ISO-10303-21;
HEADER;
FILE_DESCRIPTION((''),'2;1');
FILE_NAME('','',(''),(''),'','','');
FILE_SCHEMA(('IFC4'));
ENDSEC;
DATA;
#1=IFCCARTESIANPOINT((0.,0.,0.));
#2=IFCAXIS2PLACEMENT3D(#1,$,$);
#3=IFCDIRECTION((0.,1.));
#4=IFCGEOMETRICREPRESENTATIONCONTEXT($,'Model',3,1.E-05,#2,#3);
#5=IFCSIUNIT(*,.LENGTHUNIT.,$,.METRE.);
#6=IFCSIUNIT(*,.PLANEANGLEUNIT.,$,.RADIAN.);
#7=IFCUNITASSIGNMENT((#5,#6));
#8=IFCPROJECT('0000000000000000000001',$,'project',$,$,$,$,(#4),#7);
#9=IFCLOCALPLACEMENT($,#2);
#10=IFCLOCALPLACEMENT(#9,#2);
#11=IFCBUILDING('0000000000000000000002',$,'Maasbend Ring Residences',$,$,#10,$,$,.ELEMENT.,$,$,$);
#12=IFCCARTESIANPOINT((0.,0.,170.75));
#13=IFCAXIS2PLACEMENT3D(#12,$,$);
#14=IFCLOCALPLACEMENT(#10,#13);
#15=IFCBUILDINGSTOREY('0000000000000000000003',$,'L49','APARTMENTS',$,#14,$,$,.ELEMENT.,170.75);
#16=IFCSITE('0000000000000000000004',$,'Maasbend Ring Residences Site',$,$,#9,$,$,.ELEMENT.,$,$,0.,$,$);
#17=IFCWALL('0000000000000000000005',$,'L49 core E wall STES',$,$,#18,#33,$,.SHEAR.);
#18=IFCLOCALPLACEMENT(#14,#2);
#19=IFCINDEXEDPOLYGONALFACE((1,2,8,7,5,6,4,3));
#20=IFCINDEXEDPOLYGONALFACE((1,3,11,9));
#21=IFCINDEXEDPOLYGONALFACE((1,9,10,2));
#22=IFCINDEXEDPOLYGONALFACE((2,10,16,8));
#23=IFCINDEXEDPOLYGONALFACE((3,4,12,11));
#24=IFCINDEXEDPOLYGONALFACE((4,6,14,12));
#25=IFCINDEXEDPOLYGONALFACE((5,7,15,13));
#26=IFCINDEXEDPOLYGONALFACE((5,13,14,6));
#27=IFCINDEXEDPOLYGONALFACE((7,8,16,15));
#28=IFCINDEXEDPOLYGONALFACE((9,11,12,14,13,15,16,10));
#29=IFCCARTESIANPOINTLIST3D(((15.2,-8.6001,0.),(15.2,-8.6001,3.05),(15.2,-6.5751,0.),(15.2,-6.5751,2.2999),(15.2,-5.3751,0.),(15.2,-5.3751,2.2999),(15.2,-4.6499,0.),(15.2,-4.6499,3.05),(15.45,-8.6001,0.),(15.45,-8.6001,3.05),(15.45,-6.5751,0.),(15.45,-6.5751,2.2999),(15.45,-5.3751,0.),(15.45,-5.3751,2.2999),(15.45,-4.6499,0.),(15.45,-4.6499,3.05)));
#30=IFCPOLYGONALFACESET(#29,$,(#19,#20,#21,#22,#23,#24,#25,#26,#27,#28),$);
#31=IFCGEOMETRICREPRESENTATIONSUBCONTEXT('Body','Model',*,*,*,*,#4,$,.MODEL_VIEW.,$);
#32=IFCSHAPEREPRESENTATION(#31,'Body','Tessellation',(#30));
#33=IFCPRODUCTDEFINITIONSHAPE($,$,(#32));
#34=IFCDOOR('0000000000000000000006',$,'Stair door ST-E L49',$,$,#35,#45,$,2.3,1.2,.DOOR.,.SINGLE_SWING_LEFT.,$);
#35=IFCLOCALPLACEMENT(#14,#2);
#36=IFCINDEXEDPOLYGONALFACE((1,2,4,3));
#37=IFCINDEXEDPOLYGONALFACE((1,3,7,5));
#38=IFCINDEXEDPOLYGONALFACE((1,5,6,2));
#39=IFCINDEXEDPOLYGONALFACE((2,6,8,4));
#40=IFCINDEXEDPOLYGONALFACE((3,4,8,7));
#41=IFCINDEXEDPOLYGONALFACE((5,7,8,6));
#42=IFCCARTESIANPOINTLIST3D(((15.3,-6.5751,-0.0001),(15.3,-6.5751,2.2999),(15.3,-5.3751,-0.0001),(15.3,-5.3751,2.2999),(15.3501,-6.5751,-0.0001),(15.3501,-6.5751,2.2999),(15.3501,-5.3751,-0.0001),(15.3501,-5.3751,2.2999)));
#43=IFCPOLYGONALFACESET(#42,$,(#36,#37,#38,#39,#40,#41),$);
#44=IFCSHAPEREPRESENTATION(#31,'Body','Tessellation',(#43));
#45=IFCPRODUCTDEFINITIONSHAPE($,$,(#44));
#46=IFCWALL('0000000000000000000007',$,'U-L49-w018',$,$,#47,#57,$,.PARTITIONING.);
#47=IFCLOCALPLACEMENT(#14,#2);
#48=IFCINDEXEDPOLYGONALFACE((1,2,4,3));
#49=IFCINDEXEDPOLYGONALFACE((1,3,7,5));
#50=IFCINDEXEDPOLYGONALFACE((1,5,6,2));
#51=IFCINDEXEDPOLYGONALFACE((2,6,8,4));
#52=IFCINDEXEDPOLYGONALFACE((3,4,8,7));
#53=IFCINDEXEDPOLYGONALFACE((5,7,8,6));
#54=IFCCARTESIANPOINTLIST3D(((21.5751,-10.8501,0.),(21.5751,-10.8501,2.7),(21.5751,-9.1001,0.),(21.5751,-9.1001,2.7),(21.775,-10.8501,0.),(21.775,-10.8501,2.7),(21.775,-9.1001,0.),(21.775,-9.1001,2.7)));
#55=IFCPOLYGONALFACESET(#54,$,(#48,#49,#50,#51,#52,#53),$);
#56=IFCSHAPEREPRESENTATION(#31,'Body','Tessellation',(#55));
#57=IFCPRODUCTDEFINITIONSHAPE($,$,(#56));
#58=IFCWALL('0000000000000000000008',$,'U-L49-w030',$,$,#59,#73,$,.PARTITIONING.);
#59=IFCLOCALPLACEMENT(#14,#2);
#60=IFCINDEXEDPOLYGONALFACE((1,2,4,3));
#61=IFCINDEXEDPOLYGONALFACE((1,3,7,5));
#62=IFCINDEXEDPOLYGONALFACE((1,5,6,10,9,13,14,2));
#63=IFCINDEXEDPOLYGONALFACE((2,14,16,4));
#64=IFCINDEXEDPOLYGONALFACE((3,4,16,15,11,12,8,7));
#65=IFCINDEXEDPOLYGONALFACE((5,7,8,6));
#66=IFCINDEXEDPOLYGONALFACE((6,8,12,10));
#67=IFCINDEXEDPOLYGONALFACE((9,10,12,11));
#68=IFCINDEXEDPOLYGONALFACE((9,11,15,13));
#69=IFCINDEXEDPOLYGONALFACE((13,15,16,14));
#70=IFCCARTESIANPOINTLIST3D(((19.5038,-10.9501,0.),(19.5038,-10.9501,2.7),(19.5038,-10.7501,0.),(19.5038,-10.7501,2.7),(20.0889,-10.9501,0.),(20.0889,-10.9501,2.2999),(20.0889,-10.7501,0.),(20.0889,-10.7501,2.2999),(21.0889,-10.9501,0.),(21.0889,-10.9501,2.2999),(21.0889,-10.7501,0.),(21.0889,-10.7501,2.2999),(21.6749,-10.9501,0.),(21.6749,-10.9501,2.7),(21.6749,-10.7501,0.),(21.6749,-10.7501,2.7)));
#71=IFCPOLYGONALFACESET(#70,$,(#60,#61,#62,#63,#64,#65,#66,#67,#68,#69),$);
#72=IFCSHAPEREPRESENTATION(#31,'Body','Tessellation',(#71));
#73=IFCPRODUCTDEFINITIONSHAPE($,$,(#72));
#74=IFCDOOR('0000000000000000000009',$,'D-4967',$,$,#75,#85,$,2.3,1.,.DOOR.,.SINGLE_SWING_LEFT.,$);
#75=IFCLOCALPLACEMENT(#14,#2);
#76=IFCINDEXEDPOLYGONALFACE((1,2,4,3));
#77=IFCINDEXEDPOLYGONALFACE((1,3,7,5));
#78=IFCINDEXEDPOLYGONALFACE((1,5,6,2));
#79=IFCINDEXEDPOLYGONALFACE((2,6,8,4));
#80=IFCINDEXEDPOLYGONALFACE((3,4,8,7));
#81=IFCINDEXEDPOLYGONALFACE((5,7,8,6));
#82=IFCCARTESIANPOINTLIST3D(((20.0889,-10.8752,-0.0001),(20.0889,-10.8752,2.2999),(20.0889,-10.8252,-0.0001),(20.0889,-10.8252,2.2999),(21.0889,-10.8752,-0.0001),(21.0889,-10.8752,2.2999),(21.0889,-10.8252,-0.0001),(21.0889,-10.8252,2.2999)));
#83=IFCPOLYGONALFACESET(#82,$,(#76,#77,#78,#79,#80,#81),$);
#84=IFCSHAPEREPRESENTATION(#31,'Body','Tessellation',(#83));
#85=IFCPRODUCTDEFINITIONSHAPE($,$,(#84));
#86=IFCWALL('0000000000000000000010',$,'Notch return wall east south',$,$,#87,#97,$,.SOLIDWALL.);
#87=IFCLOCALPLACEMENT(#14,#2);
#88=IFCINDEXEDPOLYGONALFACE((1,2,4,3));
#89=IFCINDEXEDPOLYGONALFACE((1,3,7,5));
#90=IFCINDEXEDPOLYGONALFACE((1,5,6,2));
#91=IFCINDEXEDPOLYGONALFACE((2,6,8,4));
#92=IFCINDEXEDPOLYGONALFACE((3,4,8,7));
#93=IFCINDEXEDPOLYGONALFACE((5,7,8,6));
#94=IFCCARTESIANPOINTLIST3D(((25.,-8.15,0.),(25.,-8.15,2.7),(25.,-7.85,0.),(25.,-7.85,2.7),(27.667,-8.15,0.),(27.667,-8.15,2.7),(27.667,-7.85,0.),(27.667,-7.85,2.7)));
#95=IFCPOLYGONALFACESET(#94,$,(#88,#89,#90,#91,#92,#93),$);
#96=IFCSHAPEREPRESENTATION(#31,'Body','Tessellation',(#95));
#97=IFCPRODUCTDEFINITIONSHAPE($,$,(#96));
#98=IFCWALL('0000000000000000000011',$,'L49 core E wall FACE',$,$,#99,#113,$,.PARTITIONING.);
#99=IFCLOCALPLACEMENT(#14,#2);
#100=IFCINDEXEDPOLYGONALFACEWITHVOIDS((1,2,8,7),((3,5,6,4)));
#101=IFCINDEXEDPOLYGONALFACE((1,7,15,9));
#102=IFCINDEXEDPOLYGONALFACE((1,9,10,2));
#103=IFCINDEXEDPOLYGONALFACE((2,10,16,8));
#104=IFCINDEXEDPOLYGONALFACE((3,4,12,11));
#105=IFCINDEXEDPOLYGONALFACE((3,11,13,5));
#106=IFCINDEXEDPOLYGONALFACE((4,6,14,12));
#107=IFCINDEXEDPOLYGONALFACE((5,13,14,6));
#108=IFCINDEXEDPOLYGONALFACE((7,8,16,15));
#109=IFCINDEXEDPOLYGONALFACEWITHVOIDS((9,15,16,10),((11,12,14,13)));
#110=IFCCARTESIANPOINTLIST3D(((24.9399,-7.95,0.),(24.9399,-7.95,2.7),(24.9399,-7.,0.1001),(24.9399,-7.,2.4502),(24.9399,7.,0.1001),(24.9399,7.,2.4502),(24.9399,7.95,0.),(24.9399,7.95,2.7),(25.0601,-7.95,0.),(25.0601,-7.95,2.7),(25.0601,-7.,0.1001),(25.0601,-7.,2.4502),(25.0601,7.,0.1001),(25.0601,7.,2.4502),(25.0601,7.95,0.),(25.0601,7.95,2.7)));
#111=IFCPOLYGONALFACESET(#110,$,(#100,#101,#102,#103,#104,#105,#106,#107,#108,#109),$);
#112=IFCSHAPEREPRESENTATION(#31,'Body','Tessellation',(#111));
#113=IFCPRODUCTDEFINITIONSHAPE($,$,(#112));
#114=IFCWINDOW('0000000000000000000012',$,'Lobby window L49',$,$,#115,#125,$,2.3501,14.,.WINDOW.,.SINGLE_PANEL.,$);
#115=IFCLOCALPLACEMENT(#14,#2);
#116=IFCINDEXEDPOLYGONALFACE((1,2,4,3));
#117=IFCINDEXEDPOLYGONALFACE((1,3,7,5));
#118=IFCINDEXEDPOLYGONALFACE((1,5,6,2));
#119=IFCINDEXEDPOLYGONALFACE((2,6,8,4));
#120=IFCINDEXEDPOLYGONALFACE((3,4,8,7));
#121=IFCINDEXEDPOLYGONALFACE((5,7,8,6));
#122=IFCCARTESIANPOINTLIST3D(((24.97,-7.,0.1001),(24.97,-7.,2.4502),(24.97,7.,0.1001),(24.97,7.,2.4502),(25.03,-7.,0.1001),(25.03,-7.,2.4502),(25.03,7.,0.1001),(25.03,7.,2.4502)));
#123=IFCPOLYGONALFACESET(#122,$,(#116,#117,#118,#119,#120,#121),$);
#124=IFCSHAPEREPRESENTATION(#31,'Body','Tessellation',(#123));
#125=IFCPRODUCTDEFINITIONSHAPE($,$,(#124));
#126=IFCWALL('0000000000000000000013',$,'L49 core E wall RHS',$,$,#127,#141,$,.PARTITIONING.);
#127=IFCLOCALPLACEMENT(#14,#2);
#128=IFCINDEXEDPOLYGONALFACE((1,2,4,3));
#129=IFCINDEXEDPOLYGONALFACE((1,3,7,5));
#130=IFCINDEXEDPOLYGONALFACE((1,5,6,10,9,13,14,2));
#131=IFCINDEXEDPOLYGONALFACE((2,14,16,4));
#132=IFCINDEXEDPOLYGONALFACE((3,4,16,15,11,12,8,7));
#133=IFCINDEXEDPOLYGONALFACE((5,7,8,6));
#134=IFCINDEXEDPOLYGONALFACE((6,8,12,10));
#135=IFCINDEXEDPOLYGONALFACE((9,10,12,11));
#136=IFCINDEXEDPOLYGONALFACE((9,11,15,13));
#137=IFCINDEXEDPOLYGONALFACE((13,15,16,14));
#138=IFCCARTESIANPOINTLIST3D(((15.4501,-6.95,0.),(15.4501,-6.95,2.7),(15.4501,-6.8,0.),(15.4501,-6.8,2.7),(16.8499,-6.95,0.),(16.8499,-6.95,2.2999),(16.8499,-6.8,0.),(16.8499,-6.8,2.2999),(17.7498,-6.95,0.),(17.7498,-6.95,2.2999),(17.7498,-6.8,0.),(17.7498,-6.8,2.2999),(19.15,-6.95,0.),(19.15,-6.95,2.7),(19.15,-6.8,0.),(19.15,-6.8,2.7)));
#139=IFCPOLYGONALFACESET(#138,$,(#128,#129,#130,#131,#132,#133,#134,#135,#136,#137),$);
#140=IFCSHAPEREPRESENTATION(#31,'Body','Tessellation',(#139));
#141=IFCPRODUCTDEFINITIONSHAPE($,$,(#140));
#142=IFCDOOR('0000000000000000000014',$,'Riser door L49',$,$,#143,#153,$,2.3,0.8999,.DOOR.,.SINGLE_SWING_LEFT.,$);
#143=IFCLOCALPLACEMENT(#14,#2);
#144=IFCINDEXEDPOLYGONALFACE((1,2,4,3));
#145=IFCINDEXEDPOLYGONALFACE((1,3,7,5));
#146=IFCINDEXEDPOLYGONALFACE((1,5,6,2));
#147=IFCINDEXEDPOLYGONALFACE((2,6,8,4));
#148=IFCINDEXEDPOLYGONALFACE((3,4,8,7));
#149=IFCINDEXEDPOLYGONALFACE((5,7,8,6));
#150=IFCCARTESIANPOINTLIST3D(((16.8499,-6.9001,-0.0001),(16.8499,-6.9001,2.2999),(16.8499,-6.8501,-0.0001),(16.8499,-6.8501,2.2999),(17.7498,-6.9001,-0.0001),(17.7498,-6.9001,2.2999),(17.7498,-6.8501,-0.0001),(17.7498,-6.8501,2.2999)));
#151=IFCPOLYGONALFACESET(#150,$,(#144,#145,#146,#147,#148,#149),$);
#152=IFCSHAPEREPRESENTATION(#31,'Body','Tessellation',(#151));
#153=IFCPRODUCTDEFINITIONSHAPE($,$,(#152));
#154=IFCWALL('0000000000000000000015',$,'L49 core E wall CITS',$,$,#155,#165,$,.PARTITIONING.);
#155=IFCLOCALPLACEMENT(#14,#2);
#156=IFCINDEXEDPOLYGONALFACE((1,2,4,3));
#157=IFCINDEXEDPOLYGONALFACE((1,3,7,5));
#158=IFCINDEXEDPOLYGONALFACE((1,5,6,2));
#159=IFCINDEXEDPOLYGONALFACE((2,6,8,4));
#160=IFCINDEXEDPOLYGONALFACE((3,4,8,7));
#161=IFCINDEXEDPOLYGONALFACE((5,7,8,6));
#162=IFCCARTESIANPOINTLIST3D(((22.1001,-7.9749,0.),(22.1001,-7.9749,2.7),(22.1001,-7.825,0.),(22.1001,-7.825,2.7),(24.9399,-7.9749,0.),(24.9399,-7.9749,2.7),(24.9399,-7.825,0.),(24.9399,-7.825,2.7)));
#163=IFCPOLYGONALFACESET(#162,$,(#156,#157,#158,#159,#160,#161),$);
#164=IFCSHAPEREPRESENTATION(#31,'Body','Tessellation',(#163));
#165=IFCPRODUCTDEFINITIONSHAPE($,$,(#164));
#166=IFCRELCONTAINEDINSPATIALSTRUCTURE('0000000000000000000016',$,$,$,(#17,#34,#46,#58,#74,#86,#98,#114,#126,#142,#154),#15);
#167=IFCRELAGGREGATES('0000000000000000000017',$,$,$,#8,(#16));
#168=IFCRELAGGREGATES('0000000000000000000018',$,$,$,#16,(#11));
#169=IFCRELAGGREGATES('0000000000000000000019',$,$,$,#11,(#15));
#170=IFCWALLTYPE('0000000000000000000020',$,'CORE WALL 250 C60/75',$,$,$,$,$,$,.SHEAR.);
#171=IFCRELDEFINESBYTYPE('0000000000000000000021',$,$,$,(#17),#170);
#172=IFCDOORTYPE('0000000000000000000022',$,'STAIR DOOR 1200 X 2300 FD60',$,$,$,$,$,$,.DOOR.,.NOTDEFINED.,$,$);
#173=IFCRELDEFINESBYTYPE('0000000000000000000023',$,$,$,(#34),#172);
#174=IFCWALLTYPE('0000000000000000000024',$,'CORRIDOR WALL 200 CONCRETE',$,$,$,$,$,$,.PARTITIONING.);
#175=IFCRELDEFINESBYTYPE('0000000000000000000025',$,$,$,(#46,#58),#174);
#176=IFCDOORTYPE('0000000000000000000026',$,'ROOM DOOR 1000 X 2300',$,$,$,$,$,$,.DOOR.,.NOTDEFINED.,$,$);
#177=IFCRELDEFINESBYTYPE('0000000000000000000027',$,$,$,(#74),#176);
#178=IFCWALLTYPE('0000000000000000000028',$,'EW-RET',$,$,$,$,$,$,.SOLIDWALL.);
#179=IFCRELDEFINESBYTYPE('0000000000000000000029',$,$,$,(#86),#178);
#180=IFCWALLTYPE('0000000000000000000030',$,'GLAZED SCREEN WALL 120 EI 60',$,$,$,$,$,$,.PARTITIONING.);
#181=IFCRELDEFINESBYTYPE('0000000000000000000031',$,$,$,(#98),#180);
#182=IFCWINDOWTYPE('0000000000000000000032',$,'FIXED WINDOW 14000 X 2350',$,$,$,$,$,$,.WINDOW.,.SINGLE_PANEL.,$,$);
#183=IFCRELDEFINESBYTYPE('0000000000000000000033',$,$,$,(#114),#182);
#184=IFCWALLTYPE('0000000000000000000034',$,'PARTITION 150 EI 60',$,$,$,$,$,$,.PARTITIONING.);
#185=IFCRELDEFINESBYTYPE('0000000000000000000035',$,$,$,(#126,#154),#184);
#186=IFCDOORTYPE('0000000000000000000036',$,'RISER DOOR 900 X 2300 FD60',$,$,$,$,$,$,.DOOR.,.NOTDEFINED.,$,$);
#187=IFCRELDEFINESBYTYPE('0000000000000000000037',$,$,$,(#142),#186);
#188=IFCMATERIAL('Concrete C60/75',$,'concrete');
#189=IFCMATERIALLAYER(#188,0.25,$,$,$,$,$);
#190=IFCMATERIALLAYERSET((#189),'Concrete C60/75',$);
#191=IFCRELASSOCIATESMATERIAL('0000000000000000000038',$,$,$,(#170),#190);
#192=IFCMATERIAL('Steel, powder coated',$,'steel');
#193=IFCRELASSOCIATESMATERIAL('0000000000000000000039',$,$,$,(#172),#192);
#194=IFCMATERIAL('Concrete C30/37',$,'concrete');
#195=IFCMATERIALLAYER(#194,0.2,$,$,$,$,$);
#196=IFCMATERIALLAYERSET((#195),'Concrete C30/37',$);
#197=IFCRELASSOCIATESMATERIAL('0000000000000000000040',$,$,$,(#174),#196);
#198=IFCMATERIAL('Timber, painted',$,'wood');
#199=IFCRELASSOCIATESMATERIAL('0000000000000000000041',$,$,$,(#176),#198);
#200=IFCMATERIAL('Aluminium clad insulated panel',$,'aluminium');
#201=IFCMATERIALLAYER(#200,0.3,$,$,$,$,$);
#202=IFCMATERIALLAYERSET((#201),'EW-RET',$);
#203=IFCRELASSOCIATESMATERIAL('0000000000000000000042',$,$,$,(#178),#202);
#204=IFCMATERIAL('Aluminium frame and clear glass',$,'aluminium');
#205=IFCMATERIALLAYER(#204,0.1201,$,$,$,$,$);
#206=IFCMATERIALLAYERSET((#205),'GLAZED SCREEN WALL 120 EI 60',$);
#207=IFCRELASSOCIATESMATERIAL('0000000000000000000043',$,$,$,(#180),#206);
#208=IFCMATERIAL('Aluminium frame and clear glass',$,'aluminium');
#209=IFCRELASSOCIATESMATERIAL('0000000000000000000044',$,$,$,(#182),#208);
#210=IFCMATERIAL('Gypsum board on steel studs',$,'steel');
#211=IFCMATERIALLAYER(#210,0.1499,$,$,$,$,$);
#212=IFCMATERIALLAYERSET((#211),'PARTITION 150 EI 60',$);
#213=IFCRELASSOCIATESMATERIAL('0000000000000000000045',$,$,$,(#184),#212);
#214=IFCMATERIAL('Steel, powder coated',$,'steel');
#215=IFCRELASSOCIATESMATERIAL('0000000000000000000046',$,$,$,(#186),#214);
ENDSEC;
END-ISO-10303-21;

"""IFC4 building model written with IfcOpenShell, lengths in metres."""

from ifc_helpers import new_model, si_unit, direction, frame, frame_2d, origin, place, context, subcontext, project, spatial, rectangle, extrude, material, layer, layer_set, type_object, element, fill, save


model = new_model("IFC4")

# Units and contexts
model_context = context("Model", 3, precision=1e-05, world=origin(), true_north=direction((0.0, 1.0)))
body_context = subcontext(model_context, "Body", "Model", "MODEL_VIEW")
ifc_project = project(units=[si_unit("LENGTHUNIT", "METRE"), si_unit("PLANEANGLEUNIT", "RADIAN")], contexts=[model_context])

# Site, building, storey
site_placement = place(None, origin())
site = spatial("IfcSite", under=ifc_project, at=site_placement, Name="Maasbend Ring Residences Site", CompositionType="ELEMENT", RefElevation=0.0)
building_placement = place(site_placement, origin())
building = spatial("IfcBuilding", under=site, at=building_placement, Name="Maasbend Ring Residences", CompositionType="ELEMENT")
storey_placement = place(building_placement, frame((0.0, 0.0, 170.75)))
storey = spatial("IfcBuildingStorey", under=building, at=storey_placement, Name="L49", Description="APARTMENTS", CompositionType="ELEMENT", Elevation=170.75)

# Shared definitions
ifc_material_1 = material(Name="Concrete C60/75", Category="concrete")
ifc_layer_1 = layer(ifc_material_1, 0.25)
ifc_layer_set_1 = layer_set([ifc_layer_1], Name="Concrete C60/75")
wall_type_1 = type_object("IfcWallType", Name="CORE WALL 250 C60/75", PredefinedType="SHEAR", material=ifc_layer_set_1)

# Wall, opening, door
wall_1_placement = place(storey_placement, frame((15.325, -8.6001, 0.0), z_axis=(0.0, 0.0, 1.0), x_axis=(0.0, 1.0, 0.0)))
wall_1 = element("IfcWall", 1, at=wall_1_placement, inside=storey, type_object=wall_type_1, Name="L49 core E wall STES", PredefinedType="SHEAR", context=body_context, shape_type="SweptSolid", body=[
    extrude(rectangle(XDim=3.9502, YDim=0.25, at=frame_2d((1.9751, 0.0))), origin(), (0.0, 0.0, 1.0), 3.05),
])
opening_1_placement = place(wall_1_placement, frame((2.0249, 0.0, 0.0)))
opening_1 = element("IfcOpeningElement", 2, at=opening_1_placement, cuts=wall_1, PredefinedType="OPENING", context=body_context, shape_type="SweptSolid", body=[
    extrude(rectangle(XDim=1.2, YDim=2.3, at=frame_2d((0.6001, 1.1499))), frame((0.0, 0.135, 0.0), z_axis=(0.0, -1.0, 0.0), x_axis=(1.0, 0.0, 0.0)), (0.0, 0.0, 1.0), 0.27),
])
ifc_material_2 = material(Name="Steel, powder coated", Category="steel")
door_type_1 = type_object("IfcDoorType", Name="STAIR DOOR 1200 X 2300 FD60", OperationType="NOTDEFINED", PredefinedType="DOOR", material=ifc_material_2)
door_1_placement = place(opening_1_placement, origin())
door_1 = element("IfcDoor", 3, at=door_1_placement, inside=storey, type_object=door_type_1, Name="Stair door ST-E L49", OperationType="SINGLE_SWING_LEFT", OverallHeight=2.3, OverallWidth=1.2, PredefinedType="DOOR", context=body_context, shape_type="SweptSolid", body=[
    extrude(rectangle(XDim=1.2, YDim=2.3, at=frame_2d((0.6001, 1.1499))), frame((0.0, 0.0249, 0.0), z_axis=(0.0, -1.0, 0.0), x_axis=(1.0, 0.0, 0.0)), (0.0, 0.0, 1.0), 0.05),
])
fill(opening_1, door_1)

# Wall
ifc_material_3 = material(Name="Concrete C30/37", Category="concrete")
ifc_layer_2 = layer(ifc_material_3, 0.2)
ifc_layer_set_2 = layer_set([ifc_layer_2], Name="Concrete C30/37")
wall_type_2 = type_object("IfcWallType", Name="CORRIDOR WALL 200 CONCRETE", PredefinedType="PARTITIONING", material=ifc_layer_set_2)
wall_2_placement = place(storey_placement, frame((21.675, -10.8501, 0.0), z_axis=(0.0, 0.0, 1.0), x_axis=(0.0, 1.0, 0.0)))
element("IfcWall", 4, at=wall_2_placement, inside=storey, type_object=wall_type_2, Name="U-L49-w018", PredefinedType="PARTITIONING", context=body_context, shape_type="SweptSolid", body=[
    extrude(rectangle(XDim=1.75, YDim=0.2, at=frame_2d((0.875, 0.0))), origin(), (0.0, 0.0, 1.0), 2.7),
])

# Wall, opening, door
wall_3_placement = place(storey_placement, frame((19.5039, -10.8501, 0.0), z_axis=(0.0, 0.0, 1.0), x_axis=(1.0, 0.0, 0.0)))
wall_3 = element("IfcWall", 5, at=wall_3_placement, inside=storey, type_object=wall_type_2, Name="U-L49-w030", PredefinedType="PARTITIONING", context=body_context, shape_type="SweptSolid", body=[
    extrude(rectangle(XDim=2.1711, YDim=0.2, at=frame_2d((1.0854, 0.0))), origin(), (0.0, 0.0, 1.0), 2.7),
])
opening_2_placement = place(wall_3_placement, frame((0.585, 0.0, 0.0)))
opening_2 = element("IfcOpeningElement", 6, at=opening_2_placement, cuts=wall_3, PredefinedType="OPENING", context=body_context, shape_type="SweptSolid", body=[
    extrude(rectangle(XDim=1.0, YDim=2.3, at=frame_2d((0.5, 1.1499))), frame((0.0, 0.1099, 0.0), z_axis=(0.0, -1.0, 0.0), x_axis=(1.0, 0.0, 0.0)), (0.0, 0.0, 1.0), 0.22),
])
ifc_material_4 = material(Name="Timber, painted", Category="wood")
door_type_2 = type_object("IfcDoorType", Name="ROOM DOOR 1000 X 2300", OperationType="NOTDEFINED", PredefinedType="DOOR", material=ifc_material_4)
door_2_placement = place(opening_2_placement, origin())
door_2 = element("IfcDoor", 7, at=door_2_placement, inside=storey, type_object=door_type_2, Name="D-4967", OperationType="SINGLE_SWING_LEFT", OverallHeight=2.3, OverallWidth=1.0, PredefinedType="DOOR", context=body_context, shape_type="SweptSolid", body=[
    extrude(rectangle(XDim=1.0, YDim=2.3, at=frame_2d((0.5, 1.1499))), frame((0.0, 0.0249, 0.0), z_axis=(0.0, -1.0, 0.0), x_axis=(1.0, 0.0, 0.0)), (0.0, 0.0, 1.0), 0.05),
])
fill(opening_2, door_2)

# Wall
ifc_material_5 = material(Name="Aluminium clad insulated panel", Category="aluminium")
ifc_layer_3 = layer(ifc_material_5, 0.3)
ifc_layer_set_3 = layer_set([ifc_layer_3], Name="EW-RET")
wall_type_3 = type_object("IfcWallType", Name="EW-RET", PredefinedType="SOLIDWALL", material=ifc_layer_set_3)
wall_4_placement = place(storey_placement, frame((25.0, -8.0, 0.0), z_axis=(0.0, 0.0, 1.0), x_axis=(1.0, 0.0, 0.0)))
element("IfcWall", 8, at=wall_4_placement, inside=storey, type_object=wall_type_3, Name="Notch return wall east south", PredefinedType="SOLIDWALL", context=body_context, shape_type="SweptSolid", body=[
    extrude(rectangle(XDim=2.667, YDim=0.3, at=frame_2d((1.3335, 0.0))), origin(), (0.0, 0.0, 1.0), 2.7),
])

# Wall, opening, window
ifc_material_6 = material(Name="Aluminium frame and clear glass", Category="aluminium")
ifc_layer_4 = layer(ifc_material_6, 0.1201)
ifc_layer_set_4 = layer_set([ifc_layer_4], Name="GLAZED SCREEN WALL 120 EI 60")
wall_type_4 = type_object("IfcWallType", Name="GLAZED SCREEN WALL 120 EI 60", PredefinedType="PARTITIONING", material=ifc_layer_set_4)
wall_5_placement = place(storey_placement, frame((25.0, -7.95, 0.0), z_axis=(0.0, 0.0, 1.0), x_axis=(0.0, 1.0, 0.0)))
wall_5 = element("IfcWall", 9, at=wall_5_placement, inside=storey, type_object=wall_type_4, Name="L49 core E wall FACE", PredefinedType="PARTITIONING", context=body_context, shape_type="SweptSolid", body=[
    extrude(rectangle(XDim=15.8999, YDim=0.1201, at=frame_2d((7.95, 0.0))), origin(), (0.0, 0.0, 1.0), 2.7),
])
opening_3_placement = place(wall_5_placement, frame((0.95, 0.0, 0.1001)))
opening_3 = element("IfcOpeningElement", 10, at=opening_3_placement, cuts=wall_5, PredefinedType="OPENING", context=body_context, shape_type="SweptSolid", body=[
    extrude(rectangle(XDim=14.0, YDim=2.3501, at=frame_2d((7.0, 1.175))), frame((0.0, 0.0701, 0.0), z_axis=(0.0, -1.0, 0.0), x_axis=(1.0, 0.0, 0.0)), (0.0, 0.0, 1.0), 0.1401),
])
ifc_material_7 = material(Name="Aluminium frame and clear glass", Category="aluminium")
window_type = type_object("IfcWindowType", Name="FIXED WINDOW 14000 X 2350", PartitioningType="SINGLE_PANEL", PredefinedType="WINDOW", material=ifc_material_7)
window_placement = place(opening_3_placement, origin())
window = element("IfcWindow", 11, at=window_placement, inside=storey, type_object=window_type, Name="Lobby window L49", OverallHeight=2.3501, OverallWidth=14.0, PartitioningType="SINGLE_PANEL", PredefinedType="WINDOW", context=body_context, shape_type="SweptSolid", body=[
    extrude(rectangle(XDim=14.0, YDim=2.3501, at=frame_2d((7.0, 1.175))), frame((0.0, 0.03, 0.0), z_axis=(0.0, -1.0, 0.0), x_axis=(1.0, 0.0, 0.0)), (0.0, 0.0, 1.0), 0.0601),
])
fill(opening_3, window)

# Wall, opening, door
ifc_material_8 = material(Name="Gypsum board on steel studs", Category="steel")
ifc_layer_5 = layer(ifc_material_8, 0.1499)
ifc_layer_set_5 = layer_set([ifc_layer_5], Name="PARTITION 150 EI 60")
wall_type_5 = type_object("IfcWallType", Name="PARTITION 150 EI 60", PredefinedType="PARTITIONING", material=ifc_layer_set_5)
wall_6_placement = place(storey_placement, frame((15.45, -6.875, 0.0), z_axis=(0.0, 0.0, 1.0), x_axis=(1.0, 0.0, 0.0)))
wall_6 = element("IfcWall", 12, at=wall_6_placement, inside=storey, type_object=wall_type_5, Name="L49 core E wall RHS", PredefinedType="PARTITIONING", context=body_context, shape_type="SweptSolid", body=[
    extrude(rectangle(XDim=3.7, YDim=0.1499, at=frame_2d((1.8501, 0.0))), origin(), (0.0, 0.0, 1.0), 2.7),
])
opening_4_placement = place(wall_6_placement, frame((1.3999, 0.0, 0.0)))
opening_4 = element("IfcOpeningElement", 13, at=opening_4_placement, cuts=wall_6, PredefinedType="OPENING", context=body_context, shape_type="SweptSolid", body=[
    extrude(rectangle(XDim=0.8999, YDim=2.3, at=frame_2d((0.45, 1.1499))), frame((0.0, 0.085, 0.0), z_axis=(0.0, -1.0, 0.0), x_axis=(1.0, 0.0, 0.0)), (0.0, 0.0, 1.0), 0.1699),
])
ifc_material_9 = material(Name="Steel, powder coated", Category="steel")
door_type_3 = type_object("IfcDoorType", Name="RISER DOOR 900 X 2300 FD60", OperationType="NOTDEFINED", PredefinedType="DOOR", material=ifc_material_9)
door_3_placement = place(opening_4_placement, origin())
door_3 = element("IfcDoor", 14, at=door_3_placement, inside=storey, type_object=door_type_3, Name="Riser door L49", OperationType="SINGLE_SWING_LEFT", OverallHeight=2.3, OverallWidth=0.8999, PredefinedType="DOOR", context=body_context, shape_type="SweptSolid", body=[
    extrude(rectangle(XDim=0.8999, YDim=2.3, at=frame_2d((0.45, 1.1499))), frame((0.0, 0.0249, 0.0), z_axis=(0.0, -1.0, 0.0), x_axis=(1.0, 0.0, 0.0)), (0.0, 0.0, 1.0), 0.05),
])
fill(opening_4, door_3)

# Wall
wall_7_placement = place(storey_placement, frame((22.1001, -7.8999, 0.0), z_axis=(0.0, 0.0, 1.0), x_axis=(1.0, 0.0, 0.0)))
element("IfcWall", 15, at=wall_7_placement, inside=storey, type_object=wall_type_5, Name="L49 core E wall CITS", PredefinedType="PARTITIONING", context=body_context, shape_type="SweptSolid", body=[
    extrude(rectangle(XDim=2.8398, YDim=0.1499, at=frame_2d((1.4199, 0.0))), origin(), (0.0, 0.0, 1.0), 2.7),
])

save(model, "model.ifc")
